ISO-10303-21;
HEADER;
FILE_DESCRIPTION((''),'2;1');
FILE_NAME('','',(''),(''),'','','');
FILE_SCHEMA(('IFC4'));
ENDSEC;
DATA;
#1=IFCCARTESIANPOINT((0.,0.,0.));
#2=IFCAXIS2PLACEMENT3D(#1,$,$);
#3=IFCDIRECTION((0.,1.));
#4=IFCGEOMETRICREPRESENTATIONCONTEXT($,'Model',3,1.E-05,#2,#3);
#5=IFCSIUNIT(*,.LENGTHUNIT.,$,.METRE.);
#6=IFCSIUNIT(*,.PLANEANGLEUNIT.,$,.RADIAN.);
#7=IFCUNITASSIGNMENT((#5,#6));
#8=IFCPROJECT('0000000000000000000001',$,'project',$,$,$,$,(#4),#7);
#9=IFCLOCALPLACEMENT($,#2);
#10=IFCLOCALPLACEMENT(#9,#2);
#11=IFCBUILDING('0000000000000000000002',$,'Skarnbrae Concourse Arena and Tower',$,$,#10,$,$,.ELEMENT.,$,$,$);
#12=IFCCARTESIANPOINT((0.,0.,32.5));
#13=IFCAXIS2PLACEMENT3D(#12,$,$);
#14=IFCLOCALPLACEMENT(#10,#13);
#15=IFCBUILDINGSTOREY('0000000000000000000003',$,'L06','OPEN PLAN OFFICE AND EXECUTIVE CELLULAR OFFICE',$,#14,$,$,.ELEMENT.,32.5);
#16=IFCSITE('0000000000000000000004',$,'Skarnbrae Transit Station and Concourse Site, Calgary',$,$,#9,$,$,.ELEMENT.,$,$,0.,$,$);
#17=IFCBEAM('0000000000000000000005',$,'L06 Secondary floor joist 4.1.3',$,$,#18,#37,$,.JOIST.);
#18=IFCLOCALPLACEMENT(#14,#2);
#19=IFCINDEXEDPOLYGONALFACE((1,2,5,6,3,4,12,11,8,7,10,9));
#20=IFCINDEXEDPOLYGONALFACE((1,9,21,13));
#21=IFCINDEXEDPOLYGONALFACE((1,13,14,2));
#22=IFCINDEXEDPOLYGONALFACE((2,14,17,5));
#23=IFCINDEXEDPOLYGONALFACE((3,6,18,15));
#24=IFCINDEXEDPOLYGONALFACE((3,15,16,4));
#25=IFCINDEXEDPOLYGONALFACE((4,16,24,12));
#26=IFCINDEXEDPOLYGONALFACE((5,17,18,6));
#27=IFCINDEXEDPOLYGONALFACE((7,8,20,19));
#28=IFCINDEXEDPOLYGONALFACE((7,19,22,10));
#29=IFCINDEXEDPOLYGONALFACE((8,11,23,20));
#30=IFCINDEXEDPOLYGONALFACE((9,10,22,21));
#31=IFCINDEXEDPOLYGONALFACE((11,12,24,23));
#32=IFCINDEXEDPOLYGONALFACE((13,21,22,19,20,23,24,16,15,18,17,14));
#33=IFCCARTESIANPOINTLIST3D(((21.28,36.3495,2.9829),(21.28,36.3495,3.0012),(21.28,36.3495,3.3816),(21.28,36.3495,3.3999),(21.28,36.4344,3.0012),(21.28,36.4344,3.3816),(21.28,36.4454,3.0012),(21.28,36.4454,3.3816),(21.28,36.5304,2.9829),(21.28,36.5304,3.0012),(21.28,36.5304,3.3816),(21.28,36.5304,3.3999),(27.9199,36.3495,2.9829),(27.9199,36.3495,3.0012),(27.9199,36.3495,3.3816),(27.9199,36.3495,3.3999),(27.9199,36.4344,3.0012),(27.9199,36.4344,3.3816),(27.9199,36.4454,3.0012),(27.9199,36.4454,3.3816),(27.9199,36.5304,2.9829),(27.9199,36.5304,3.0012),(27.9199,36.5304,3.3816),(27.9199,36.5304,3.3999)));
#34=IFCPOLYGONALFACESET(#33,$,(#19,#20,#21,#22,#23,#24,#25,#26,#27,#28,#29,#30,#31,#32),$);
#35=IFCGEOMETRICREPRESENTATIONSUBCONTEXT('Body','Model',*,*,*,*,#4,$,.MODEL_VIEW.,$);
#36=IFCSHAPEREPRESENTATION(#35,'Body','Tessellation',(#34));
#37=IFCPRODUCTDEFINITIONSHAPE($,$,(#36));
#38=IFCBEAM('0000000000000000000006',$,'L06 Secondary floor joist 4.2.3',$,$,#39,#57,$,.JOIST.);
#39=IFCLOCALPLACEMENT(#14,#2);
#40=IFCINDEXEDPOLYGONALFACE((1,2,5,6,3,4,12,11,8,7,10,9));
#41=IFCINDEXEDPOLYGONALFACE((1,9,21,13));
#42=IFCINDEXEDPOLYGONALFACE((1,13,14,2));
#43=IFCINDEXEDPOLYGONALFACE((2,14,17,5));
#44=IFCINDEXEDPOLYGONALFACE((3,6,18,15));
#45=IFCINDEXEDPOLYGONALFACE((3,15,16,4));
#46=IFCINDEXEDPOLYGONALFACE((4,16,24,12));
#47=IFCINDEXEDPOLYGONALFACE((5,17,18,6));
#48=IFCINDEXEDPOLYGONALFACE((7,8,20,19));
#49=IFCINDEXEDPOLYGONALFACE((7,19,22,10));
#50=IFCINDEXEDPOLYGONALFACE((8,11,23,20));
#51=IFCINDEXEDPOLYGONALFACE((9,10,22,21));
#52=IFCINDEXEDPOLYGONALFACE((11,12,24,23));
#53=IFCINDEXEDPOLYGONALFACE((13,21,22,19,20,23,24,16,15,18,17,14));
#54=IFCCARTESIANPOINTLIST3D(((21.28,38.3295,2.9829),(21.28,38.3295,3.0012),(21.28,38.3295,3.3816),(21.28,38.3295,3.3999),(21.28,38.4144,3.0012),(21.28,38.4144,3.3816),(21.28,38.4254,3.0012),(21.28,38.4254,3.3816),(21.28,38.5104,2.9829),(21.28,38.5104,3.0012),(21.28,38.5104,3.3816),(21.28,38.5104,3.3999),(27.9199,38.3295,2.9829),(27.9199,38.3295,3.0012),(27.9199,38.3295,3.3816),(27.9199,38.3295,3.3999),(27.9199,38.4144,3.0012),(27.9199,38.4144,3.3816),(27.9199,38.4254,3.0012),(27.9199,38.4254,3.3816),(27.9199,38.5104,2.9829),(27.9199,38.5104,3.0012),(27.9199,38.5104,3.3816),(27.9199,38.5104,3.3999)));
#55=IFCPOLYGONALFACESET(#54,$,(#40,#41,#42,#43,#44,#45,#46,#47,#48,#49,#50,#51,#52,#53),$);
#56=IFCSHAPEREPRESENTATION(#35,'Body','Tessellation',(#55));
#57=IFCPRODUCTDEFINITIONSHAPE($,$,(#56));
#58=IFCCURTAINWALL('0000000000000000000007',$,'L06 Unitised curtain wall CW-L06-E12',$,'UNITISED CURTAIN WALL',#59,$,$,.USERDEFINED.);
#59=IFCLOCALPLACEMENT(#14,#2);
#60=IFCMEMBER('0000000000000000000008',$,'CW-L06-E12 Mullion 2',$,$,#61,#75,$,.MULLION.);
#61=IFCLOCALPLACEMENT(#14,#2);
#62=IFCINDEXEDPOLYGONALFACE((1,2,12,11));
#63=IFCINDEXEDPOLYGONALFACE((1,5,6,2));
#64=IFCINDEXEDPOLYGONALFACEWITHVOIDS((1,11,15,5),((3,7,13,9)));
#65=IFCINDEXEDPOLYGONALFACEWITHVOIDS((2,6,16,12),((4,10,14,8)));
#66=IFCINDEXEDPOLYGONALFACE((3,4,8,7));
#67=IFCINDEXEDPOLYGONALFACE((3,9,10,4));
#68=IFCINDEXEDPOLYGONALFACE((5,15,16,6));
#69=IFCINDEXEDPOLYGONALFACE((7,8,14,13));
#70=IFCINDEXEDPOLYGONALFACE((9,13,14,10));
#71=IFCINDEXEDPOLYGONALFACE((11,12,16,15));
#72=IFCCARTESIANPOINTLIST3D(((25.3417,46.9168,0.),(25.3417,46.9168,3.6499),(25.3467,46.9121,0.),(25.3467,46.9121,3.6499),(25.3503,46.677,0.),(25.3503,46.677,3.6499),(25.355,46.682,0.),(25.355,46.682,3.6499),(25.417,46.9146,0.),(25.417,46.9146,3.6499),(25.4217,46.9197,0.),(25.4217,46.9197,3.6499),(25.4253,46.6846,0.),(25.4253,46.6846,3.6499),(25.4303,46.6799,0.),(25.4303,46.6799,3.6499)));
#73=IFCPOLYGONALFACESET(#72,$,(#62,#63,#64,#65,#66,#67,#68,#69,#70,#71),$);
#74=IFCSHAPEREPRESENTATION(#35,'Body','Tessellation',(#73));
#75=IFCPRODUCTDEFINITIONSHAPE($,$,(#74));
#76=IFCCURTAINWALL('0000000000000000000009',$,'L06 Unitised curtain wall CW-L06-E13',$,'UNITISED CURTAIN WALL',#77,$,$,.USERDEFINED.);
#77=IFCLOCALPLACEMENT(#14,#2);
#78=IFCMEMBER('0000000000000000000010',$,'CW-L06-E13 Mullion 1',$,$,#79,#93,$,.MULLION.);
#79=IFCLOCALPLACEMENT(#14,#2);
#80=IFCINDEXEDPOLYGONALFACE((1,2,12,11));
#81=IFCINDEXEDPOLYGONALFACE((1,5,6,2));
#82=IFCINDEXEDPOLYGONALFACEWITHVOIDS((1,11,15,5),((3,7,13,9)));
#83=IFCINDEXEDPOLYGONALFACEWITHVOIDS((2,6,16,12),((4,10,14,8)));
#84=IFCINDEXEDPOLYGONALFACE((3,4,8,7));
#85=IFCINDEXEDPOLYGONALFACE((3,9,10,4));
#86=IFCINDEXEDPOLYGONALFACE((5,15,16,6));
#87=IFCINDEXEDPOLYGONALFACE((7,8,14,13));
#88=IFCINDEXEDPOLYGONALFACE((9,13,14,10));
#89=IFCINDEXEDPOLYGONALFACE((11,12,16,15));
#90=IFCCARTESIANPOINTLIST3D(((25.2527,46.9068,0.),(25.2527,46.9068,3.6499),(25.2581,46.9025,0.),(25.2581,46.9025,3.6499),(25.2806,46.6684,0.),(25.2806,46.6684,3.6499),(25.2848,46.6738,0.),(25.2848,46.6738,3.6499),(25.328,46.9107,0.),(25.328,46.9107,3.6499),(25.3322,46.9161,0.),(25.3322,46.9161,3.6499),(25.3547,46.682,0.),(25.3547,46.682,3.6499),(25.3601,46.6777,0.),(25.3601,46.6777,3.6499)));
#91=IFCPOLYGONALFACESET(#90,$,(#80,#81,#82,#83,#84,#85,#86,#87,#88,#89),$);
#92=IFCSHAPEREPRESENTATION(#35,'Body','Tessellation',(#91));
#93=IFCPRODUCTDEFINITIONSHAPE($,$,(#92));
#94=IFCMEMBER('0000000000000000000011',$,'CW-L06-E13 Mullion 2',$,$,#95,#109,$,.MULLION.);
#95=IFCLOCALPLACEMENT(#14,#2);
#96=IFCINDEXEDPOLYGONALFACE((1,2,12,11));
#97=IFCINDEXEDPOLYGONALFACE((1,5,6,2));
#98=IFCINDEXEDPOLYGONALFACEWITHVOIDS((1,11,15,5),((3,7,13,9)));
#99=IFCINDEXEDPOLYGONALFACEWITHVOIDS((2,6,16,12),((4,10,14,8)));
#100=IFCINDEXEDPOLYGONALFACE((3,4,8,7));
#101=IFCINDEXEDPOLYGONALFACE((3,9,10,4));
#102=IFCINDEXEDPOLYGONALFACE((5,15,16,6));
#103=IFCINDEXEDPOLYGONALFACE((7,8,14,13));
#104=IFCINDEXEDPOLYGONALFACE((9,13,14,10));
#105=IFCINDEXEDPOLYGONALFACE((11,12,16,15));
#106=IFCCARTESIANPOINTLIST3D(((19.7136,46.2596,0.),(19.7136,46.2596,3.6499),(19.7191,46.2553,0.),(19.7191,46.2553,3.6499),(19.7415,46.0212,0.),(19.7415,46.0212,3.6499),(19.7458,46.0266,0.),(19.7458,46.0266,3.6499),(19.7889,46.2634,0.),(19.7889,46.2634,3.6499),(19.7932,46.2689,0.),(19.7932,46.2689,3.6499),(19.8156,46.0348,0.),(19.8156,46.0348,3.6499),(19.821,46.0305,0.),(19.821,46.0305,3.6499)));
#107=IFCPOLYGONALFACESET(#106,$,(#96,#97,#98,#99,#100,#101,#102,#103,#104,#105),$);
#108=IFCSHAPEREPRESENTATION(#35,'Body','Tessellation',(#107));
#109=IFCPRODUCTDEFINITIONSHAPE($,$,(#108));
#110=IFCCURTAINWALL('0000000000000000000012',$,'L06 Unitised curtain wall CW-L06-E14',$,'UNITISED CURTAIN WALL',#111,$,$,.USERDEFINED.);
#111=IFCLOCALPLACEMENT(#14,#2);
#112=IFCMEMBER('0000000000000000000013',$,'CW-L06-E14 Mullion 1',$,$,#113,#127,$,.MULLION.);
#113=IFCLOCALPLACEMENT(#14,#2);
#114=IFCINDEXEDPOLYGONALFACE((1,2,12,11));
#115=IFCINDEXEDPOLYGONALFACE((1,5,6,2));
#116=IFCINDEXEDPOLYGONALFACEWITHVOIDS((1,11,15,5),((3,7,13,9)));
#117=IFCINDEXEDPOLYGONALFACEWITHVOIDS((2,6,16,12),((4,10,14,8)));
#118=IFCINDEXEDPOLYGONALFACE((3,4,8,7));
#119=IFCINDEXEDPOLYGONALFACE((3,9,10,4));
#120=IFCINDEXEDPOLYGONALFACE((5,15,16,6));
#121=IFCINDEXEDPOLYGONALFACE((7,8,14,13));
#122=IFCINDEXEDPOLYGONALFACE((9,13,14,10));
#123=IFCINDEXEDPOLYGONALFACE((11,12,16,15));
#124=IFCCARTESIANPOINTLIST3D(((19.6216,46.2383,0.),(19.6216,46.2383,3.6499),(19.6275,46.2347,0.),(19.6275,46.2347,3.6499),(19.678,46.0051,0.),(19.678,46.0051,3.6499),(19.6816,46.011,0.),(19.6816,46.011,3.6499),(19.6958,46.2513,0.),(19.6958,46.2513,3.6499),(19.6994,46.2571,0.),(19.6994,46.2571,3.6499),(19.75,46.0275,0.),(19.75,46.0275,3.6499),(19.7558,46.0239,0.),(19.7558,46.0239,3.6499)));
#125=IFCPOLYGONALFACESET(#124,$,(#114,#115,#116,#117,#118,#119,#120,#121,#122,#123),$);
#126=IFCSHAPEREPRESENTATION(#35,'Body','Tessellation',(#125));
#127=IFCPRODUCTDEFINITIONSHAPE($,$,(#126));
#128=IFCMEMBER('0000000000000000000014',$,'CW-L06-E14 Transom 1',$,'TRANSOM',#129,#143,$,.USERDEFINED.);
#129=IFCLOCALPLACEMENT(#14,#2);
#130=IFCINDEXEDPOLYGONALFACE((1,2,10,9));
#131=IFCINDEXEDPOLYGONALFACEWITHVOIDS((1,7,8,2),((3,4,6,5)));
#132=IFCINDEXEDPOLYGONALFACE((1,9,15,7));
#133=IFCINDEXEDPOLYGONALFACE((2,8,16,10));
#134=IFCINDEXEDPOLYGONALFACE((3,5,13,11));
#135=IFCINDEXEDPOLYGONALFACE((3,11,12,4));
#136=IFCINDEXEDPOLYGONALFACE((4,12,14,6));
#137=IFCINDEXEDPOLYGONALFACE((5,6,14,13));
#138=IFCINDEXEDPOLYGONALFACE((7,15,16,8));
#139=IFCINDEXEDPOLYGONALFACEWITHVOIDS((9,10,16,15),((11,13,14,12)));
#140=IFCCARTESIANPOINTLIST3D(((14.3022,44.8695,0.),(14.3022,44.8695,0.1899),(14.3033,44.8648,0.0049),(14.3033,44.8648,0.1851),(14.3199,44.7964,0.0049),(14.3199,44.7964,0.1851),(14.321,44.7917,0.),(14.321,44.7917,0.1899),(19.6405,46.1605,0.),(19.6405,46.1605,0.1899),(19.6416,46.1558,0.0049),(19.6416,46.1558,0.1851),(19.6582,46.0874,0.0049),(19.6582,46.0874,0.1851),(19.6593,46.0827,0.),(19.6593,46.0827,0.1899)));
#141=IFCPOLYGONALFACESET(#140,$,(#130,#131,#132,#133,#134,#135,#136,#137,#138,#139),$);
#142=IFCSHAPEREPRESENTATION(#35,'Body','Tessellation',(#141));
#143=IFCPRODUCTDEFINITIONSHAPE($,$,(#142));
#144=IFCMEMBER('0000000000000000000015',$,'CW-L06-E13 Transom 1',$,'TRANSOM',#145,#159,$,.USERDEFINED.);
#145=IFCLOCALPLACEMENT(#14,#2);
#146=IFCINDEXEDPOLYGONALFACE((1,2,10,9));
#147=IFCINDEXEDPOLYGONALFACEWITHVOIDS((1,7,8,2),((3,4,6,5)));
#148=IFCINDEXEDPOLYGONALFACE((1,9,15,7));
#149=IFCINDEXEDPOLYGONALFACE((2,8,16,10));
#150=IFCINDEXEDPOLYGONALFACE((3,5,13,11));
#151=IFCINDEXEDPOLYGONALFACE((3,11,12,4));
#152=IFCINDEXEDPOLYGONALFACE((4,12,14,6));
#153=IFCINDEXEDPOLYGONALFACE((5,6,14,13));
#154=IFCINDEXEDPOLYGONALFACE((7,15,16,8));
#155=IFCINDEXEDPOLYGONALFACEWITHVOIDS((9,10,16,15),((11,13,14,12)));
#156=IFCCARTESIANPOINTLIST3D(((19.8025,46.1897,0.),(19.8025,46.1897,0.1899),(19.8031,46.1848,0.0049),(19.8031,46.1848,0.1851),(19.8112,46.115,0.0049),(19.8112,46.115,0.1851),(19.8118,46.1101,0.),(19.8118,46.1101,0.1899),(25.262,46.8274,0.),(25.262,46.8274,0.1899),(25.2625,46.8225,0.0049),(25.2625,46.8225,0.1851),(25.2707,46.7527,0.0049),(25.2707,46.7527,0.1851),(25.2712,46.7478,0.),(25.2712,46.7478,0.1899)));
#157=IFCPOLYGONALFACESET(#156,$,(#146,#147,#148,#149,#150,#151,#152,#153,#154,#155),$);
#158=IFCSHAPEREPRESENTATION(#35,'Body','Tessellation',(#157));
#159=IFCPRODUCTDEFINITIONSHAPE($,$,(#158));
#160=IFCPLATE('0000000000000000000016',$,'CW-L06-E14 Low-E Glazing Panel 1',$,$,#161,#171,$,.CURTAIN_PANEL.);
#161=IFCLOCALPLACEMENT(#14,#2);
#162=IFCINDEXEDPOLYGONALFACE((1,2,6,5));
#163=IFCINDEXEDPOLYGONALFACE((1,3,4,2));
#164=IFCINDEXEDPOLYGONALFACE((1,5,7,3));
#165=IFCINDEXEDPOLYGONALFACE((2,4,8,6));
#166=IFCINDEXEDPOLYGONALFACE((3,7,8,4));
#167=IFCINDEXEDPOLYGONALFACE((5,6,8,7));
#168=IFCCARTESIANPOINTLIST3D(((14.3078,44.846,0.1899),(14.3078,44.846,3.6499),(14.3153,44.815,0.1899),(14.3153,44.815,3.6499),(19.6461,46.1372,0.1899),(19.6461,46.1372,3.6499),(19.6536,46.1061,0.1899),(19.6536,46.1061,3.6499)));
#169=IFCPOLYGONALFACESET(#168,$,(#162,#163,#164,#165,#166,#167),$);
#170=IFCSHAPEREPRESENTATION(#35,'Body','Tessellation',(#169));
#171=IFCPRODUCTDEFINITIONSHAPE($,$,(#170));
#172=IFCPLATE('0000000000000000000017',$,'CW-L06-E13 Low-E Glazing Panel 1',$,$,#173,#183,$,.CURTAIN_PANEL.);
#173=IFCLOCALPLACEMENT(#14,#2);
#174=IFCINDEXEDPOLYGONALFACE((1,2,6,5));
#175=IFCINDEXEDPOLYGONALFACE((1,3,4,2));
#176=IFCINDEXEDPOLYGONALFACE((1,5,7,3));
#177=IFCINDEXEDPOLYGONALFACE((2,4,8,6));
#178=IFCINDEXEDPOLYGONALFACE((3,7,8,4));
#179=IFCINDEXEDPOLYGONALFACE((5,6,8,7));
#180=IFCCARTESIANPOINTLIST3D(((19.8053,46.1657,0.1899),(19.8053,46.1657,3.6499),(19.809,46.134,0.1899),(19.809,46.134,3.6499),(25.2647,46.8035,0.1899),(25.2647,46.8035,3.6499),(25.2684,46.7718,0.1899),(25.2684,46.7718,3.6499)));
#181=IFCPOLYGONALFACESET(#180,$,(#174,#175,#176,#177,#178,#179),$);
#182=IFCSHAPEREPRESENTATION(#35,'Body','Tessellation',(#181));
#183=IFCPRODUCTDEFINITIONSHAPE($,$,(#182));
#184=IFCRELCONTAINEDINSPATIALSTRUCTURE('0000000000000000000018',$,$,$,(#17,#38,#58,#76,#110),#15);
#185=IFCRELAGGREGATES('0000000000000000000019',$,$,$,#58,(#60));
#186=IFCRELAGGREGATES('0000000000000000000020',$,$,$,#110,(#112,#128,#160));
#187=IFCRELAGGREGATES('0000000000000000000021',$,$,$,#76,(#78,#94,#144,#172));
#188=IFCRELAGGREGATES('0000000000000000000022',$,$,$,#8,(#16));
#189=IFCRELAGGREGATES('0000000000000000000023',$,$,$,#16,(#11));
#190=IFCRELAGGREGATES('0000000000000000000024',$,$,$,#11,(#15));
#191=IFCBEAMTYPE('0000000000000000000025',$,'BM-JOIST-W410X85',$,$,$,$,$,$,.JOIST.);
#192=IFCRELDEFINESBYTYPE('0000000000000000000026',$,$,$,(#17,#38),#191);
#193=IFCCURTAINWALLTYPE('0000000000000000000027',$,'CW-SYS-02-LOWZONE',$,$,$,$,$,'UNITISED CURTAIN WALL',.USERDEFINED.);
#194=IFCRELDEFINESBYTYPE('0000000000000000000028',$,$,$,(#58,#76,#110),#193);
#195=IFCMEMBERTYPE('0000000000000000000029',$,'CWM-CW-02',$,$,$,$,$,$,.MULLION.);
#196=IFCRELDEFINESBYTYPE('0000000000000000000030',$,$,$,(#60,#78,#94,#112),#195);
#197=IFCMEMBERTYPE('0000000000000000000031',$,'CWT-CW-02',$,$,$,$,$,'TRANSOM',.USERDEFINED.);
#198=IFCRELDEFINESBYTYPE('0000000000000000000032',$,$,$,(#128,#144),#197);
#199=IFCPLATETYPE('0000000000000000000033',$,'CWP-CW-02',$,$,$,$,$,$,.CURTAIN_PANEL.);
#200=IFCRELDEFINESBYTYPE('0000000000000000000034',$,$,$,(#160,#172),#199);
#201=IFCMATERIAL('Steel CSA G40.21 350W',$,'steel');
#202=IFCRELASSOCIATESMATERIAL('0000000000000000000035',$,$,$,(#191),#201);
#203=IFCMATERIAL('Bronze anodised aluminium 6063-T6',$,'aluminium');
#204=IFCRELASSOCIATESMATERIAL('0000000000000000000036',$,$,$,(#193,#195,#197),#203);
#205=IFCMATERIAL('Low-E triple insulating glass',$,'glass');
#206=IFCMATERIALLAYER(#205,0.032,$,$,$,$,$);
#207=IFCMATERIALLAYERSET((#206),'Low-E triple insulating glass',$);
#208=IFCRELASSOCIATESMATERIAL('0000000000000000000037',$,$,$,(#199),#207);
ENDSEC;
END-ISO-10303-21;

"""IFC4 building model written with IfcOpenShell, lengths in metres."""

from ifc_helpers import new_model, si_unit, direction, frame, origin, origin_2d, place, context, subcontext, project, spatial, rectangle, hollow_rectangle, i_section, extrude, source, transform, mapped, material, layer, layer_set, material_profile, profile_set, type_object, element, aggregate, save


model = new_model("IFC4")

# Units and contexts
model_context = context("Model", 3, precision=1e-05, world=origin(), true_north=direction((0.0, 1.0)))
body_context = subcontext(model_context, "Body", "Model", "MODEL_VIEW")
ifc_project = project(units=[si_unit("LENGTHUNIT", "METRE"), si_unit("PLANEANGLEUNIT", "RADIAN")], contexts=[model_context])

# Site, building, storey
site_placement = place(None, origin())
site = spatial("IfcSite", under=ifc_project, at=site_placement, Name="Skarnbrae Transit Station and Concourse Site, Calgary", CompositionType="ELEMENT", RefElevation=0.0)
building_placement = place(site_placement, origin())
building = spatial("IfcBuilding", under=site, at=building_placement, Name="Skarnbrae Concourse Arena and Tower", CompositionType="ELEMENT")
storey_placement = place(building_placement, frame((0.0, 0.0, 32.5)))
storey = spatial("IfcBuildingStorey", under=building, at=storey_placement, Name="L06", Description="OPEN PLAN OFFICE AND EXECUTIVE CELLULAR OFFICE", CompositionType="ELEMENT", Elevation=32.5)

# Shared definitions
ifc_material_1 = material(Name="Steel CSA G40.21 350W", Category="steel")

# Beams
ifc_material_profile_1 = material_profile(ifc_material_1, i_section(OverallWidth=0.1809, OverallDepth=0.417, WebThickness=0.011, FlangeThickness=0.0183, at=origin_2d()), Name="W410X85")
ifc_profile_set_1 = profile_set([ifc_material_profile_1], Name="Steel CSA G40.21 350W")
beam_type_1 = type_object("IfcBeamType", Name="BM-JOIST-W410X85", PredefinedType="JOIST", material=ifc_profile_set_1)
shared_shape_1 = source(origin(), body_context, "Body", "SweptSolid", [
    extrude(i_section(OverallWidth=0.1809, OverallDepth=0.417, WebThickness=0.011, FlangeThickness=0.0183, at=origin_2d()), origin(), (0.0, 0.0, 1.0), 6.6399),
])
for number, where, z_axis, x_axis, name in (
    (1, (21.28, 36.4399, 3.1914), (1.0, 0.0, 0.0), (0.0, 1.0, 0.0), "L06 Secondary floor joist 4.1.3"),
    (2, (21.28, 38.4199, 3.1914), (1.0, 0.0, 0.0), (0.0, 1.0, 0.0), "L06 Secondary floor joist 4.2.3"),
):
    element("IfcBeam", number, at=place(storey_placement, frame(where, z_axis=z_axis, x_axis=x_axis)), inside=storey, type_object=beam_type_1, Name=name, PredefinedType="JOIST", context=body_context, shape_type="MappedRepresentation", body=[
        mapped(shared_shape_1, transform((0.0, 0.0, 0.0))),
    ])

# Curtain wall, member
ifc_material_2 = material(Name="Bronze anodised aluminium 6063-T6", Category="aluminium")
curtain_wall_type = type_object("IfcCurtainWallType", Name="CW-SYS-02-LOWZONE", ElementType="UNITISED CURTAIN WALL", PredefinedType="USERDEFINED", material=ifc_material_2)
curtain_wall_1_placement = place(storey_placement, origin())
curtain_wall_1 = element("IfcCurtainWall", 3, at=curtain_wall_1_placement, inside=storey, type_object=curtain_wall_type, Name="L06 Unitised curtain wall CW-L06-E12", ObjectType="UNITISED CURTAIN WALL", PredefinedType="USERDEFINED")
ifc_material_profile_2 = material_profile(ifc_material_2, hollow_rectangle(XDim=0.0801, YDim=0.24, WallThickness=0.0049, at=origin_2d()), Name="ALU-MULL-80X240")
ifc_profile_set_2 = profile_set([ifc_material_profile_2], Name="Bronze anodised aluminium 6063-T6")
member_type_1 = type_object("IfcMemberType", Name="CWM-CW-02", PredefinedType="MULLION", material=ifc_profile_set_2)
shared_shape_2 = source(origin(), body_context, "Body", "SweptSolid", [
    extrude(hollow_rectangle(XDim=0.0801, YDim=0.24, WallThickness=0.0049, at=origin_2d()), origin(), (0.0, 0.0, 1.0), 3.6499),
])
member_1_placement = place(storey_placement, frame((25.386, 46.7983, 0.0), z_axis=(0.0, 0.0, 1.0), x_axis=(-0.999355, -0.035899, 0.0)))
member_1 = element("IfcMember", 4, at=member_1_placement, type_object=member_type_1, Name="CW-L06-E12 Mullion 2", PredefinedType="MULLION", context=body_context, shape_type="MappedRepresentation", body=[
    mapped(shared_shape_2, transform((0.0, 0.0, 0.0))),
])
aggregate(curtain_wall_1, [member_1])

# Curtain walls, members
curtain_wall_2_placement = place(storey_placement, origin())
curtain_wall_2 = element("IfcCurtainWall", 5, at=curtain_wall_2_placement, inside=storey, type_object=curtain_wall_type, Name="L06 Unitised curtain wall CW-L06-E13", ObjectType="UNITISED CURTAIN WALL", PredefinedType="USERDEFINED")
member_2_placement = place(storey_placement, frame((25.3064, 46.7922, 0.0), z_axis=(0.0, 0.0, 1.0), x_axis=(-0.993245, -0.11604, 0.0)))
member_2 = element("IfcMember", 6, at=member_2_placement, type_object=member_type_1, Name="CW-L06-E13 Mullion 1", PredefinedType="MULLION", context=body_context, shape_type="MappedRepresentation", body=[
    mapped(shared_shape_2, transform((0.0, 0.0, 0.0))),
])
member_3_placement = place(storey_placement, frame((19.7673, 46.145, 0.0), z_axis=(0.0, 0.0, 1.0), x_axis=(-0.993245, -0.11604, 0.0)))
member_3 = element("IfcMember", 7, at=member_3_placement, type_object=member_type_1, Name="CW-L06-E13 Mullion 2", PredefinedType="MULLION", context=body_context, shape_type="MappedRepresentation", body=[
    mapped(shared_shape_2, transform((0.0, 0.0, 0.0))),
])
curtain_wall_3_placement = place(storey_placement, origin())
curtain_wall_3 = element("IfcCurtainWall", 8, at=curtain_wall_3_placement, inside=storey, type_object=curtain_wall_type, Name="L06 Unitised curtain wall CW-L06-E14", ObjectType="UNITISED CURTAIN WALL", PredefinedType="USERDEFINED")
member_4_placement = place(storey_placement, frame((19.6887, 46.1311, 0.0), z_axis=(0.0, 0.0, 1.0), x_axis=(-0.971974, -0.23509, 0.0)))
member_4 = element("IfcMember", 9, at=member_4_placement, type_object=member_type_1, Name="CW-L06-E14 Mullion 1", PredefinedType="MULLION", context=body_context, shape_type="MappedRepresentation", body=[
    mapped(shared_shape_2, transform((0.0, 0.0, 0.0))),
])
ifc_material_profile_3 = material_profile(ifc_material_2, hollow_rectangle(XDim=0.0801, YDim=0.1899, WallThickness=0.0049, at=origin_2d()), Name="ALU-TRAN-80X190")
ifc_profile_set_3 = profile_set([ifc_material_profile_3], Name="Bronze anodised aluminium 6063-T6")
member_type_2 = type_object("IfcMemberType", Name="CWT-CW-02", ElementType="TRANSOM", PredefinedType="USERDEFINED", material=ifc_profile_set_3)
shared_shape_3 = source(origin(), body_context, "Body", "SweptSolid", [
    extrude(hollow_rectangle(XDim=0.0801, YDim=0.1899, WallThickness=0.0049, at=origin_2d()), origin(), (0.0, 0.0, 1.0), 5.4922),
])
member_5_placement = place(storey_placement, frame((19.6499, 46.1216, 0.095), z_axis=(-0.971981, -0.235061, 0.0), x_axis=(0.235061, -0.971981, 0.0)))
member_5 = element("IfcMember", 10, at=member_5_placement, type_object=member_type_2, Name="CW-L06-E14 Transom 1", ObjectType="TRANSOM", PredefinedType="USERDEFINED", context=body_context, shape_type="MappedRepresentation", body=[
    mapped(shared_shape_3, transform((0.0, 0.0, 0.0))),
])

# Member
shared_shape_4 = source(origin(), body_context, "Body", "SweptSolid", [
    extrude(hollow_rectangle(XDim=0.0801, YDim=0.1899, WallThickness=0.0049, at=origin_2d()), origin(), (0.0, 0.0, 1.0), 5.4966),
])
member_6_placement = place(storey_placement, frame((25.2666, 46.7876, 0.095), z_axis=(-0.993247, -0.116017, 0.0), x_axis=(0.116017, -0.993247, 0.0)))
member_6 = element("IfcMember", 11, at=member_6_placement, type_object=member_type_2, Name="CW-L06-E13 Transom 1", ObjectType="TRANSOM", PredefinedType="USERDEFINED", context=body_context, shape_type="MappedRepresentation", body=[
    mapped(shared_shape_4, transform((0.0, 0.0, 0.0))),
])

# Plates
ifc_material_3 = material(Name="Low-E triple insulating glass", Category="glass")
ifc_layer_1 = layer(ifc_material_3, 0.032)
ifc_layer_set_1 = layer_set([ifc_layer_1], Name="Low-E triple insulating glass")
plate_type = type_object("IfcPlateType", Name="CWP-CW-02", PredefinedType="CURTAIN_PANEL", material=ifc_layer_set_1)
shared_shape_5 = source(origin(), body_context, "Body", "SweptSolid", [
    extrude(rectangle(XDim=5.4922, YDim=0.032, at=origin_2d()), origin(), (0.0, 0.0, 1.0), 3.46),
])
plate_1_placement = place(storey_placement, frame((16.9807, 45.4761, 0.1899), z_axis=(0.0, 0.0, 1.0), x_axis=(-0.971974, -0.23509, 0.0)))
plate_1 = element("IfcPlate", 12, at=plate_1_placement, type_object=plate_type, Name="CW-L06-E14 Low-E Glazing Panel 1", PredefinedType="CURTAIN_PANEL", context=body_context, shape_type="MappedRepresentation", body=[
    mapped(shared_shape_5, transform((0.0, 0.0, 0.0))),
])
aggregate(curtain_wall_3, [member_4, member_5, plate_1])
shared_shape_6 = source(origin(), body_context, "Body", "SweptSolid", [
    extrude(rectangle(XDim=5.4966, YDim=0.032, at=origin_2d()), origin(), (0.0, 0.0, 1.0), 3.46),
])
plate_2_placement = place(storey_placement, frame((22.5369, 46.4688, 0.1899), z_axis=(0.0, 0.0, 1.0), x_axis=(-0.993245, -0.11604, 0.0)))
plate_2 = element("IfcPlate", 13, at=plate_2_placement, type_object=plate_type, Name="CW-L06-E13 Low-E Glazing Panel 1", PredefinedType="CURTAIN_PANEL", context=body_context, shape_type="MappedRepresentation", body=[
    mapped(shared_shape_6, transform((0.0, 0.0, 0.0))),
])
aggregate(curtain_wall_2, [member_2, member_3, member_6, plate_2])

save(model, "model.ifc")
